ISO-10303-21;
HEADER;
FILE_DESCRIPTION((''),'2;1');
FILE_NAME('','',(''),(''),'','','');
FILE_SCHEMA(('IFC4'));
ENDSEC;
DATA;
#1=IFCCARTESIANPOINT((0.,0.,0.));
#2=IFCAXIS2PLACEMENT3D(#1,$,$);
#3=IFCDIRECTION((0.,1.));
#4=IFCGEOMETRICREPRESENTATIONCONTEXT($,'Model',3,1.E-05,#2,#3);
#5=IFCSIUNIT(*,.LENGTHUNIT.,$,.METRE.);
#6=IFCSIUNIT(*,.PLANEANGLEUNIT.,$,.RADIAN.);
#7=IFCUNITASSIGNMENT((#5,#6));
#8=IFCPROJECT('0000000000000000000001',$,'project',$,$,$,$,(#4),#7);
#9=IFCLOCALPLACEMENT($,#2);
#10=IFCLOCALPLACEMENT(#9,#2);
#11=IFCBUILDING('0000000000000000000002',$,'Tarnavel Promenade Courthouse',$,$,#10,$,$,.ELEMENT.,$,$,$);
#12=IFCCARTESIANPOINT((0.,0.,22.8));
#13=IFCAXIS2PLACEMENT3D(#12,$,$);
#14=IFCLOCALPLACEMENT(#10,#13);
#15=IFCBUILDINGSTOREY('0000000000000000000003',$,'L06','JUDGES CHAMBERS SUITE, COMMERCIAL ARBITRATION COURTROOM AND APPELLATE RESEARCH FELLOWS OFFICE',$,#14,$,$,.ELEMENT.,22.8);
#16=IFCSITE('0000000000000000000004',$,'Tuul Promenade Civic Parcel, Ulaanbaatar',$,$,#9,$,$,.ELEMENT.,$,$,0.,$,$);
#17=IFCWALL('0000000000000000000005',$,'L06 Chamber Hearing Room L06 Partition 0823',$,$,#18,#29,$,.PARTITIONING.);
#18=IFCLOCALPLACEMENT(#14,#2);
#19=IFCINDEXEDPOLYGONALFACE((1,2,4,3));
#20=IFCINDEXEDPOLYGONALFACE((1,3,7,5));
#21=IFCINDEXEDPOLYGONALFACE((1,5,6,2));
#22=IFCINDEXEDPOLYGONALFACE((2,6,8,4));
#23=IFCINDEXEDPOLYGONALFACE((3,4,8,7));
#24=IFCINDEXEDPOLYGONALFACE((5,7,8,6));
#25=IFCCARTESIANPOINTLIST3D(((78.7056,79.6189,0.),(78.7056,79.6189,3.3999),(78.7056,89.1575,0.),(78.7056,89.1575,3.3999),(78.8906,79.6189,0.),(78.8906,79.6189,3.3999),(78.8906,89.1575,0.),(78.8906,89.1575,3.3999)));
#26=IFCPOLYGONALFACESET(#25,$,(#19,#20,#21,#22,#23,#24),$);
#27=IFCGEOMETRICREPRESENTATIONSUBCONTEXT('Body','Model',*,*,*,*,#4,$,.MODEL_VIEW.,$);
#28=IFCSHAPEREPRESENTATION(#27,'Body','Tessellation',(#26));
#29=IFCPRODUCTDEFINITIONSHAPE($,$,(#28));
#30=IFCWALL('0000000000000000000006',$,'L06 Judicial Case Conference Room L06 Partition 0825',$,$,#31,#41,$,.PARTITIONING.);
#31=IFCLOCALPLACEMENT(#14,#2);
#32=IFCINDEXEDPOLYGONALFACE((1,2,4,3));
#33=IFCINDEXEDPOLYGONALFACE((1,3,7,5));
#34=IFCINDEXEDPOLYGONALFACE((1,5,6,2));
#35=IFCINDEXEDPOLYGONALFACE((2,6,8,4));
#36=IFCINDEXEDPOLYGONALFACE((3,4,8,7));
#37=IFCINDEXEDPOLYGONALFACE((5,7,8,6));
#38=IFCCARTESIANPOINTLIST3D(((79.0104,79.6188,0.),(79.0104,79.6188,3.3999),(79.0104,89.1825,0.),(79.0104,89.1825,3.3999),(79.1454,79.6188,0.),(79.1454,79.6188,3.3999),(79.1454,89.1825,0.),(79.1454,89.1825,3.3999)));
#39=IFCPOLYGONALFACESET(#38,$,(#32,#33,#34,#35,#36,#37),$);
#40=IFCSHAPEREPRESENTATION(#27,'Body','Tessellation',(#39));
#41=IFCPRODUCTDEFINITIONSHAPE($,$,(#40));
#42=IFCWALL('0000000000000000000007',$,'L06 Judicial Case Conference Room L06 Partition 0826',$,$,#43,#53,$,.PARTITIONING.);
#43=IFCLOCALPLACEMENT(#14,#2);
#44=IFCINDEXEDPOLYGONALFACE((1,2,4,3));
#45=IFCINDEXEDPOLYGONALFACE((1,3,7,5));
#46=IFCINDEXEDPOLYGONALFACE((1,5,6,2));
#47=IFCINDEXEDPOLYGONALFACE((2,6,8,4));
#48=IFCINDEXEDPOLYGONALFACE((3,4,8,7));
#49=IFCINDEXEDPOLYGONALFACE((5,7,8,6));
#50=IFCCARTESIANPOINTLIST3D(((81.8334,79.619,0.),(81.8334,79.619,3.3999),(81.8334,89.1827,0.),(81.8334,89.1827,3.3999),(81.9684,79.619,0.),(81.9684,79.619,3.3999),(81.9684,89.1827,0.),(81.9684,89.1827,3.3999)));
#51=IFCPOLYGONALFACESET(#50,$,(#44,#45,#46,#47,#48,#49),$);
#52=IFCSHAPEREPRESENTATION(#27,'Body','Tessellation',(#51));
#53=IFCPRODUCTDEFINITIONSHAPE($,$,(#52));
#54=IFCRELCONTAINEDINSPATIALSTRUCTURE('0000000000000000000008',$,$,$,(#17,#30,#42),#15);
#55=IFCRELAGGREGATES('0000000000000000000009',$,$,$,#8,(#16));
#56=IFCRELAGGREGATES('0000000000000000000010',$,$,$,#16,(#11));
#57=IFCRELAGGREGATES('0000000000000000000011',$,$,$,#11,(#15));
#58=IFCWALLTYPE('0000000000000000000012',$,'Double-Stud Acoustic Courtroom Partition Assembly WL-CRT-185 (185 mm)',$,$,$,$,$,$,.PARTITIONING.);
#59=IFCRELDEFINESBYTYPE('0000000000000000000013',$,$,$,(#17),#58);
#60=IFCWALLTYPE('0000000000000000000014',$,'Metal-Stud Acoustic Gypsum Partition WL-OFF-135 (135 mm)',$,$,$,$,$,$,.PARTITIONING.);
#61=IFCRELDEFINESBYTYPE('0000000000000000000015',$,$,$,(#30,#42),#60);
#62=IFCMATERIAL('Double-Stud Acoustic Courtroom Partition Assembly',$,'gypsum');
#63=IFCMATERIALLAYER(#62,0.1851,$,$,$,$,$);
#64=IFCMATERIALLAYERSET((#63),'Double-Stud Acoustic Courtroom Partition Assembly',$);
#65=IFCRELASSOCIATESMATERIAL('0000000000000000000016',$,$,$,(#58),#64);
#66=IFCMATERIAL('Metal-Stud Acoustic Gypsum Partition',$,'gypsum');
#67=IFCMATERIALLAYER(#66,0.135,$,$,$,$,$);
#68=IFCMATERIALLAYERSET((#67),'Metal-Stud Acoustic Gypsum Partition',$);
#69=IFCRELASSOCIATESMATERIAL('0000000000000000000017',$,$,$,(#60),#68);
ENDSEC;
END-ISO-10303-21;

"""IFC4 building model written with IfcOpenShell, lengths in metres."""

from ifc_helpers import new_model, si_unit, direction, frame, frame_2d, origin, place, context, subcontext, project, spatial, rectangle, extrude, material, layer, layer_set, type_object, element, save


model = new_model("IFC4")

# Units and contexts
model_context = context("Model", 3, precision=1e-05, world=origin(), true_north=direction((0.0, 1.0)))
body_context = subcontext(model_context, "Body", "Model", "MODEL_VIEW")
ifc_project = project(units=[si_unit("LENGTHUNIT", "METRE"), si_unit("PLANEANGLEUNIT", "RADIAN")], contexts=[model_context])

# Site, building, storey
site_placement = place(None, origin())
site = spatial("IfcSite", under=ifc_project, at=site_placement, Name="Tuul Promenade Civic Parcel, Ulaanbaatar", CompositionType="ELEMENT", RefElevation=0.0)
building_placement = place(site_placement, origin())
building = spatial("IfcBuilding", under=site, at=building_placement, Name="Tarnavel Promenade Courthouse", CompositionType="ELEMENT")
storey_placement = place(building_placement, frame((0.0, 0.0, 22.8)))
storey = spatial("IfcBuildingStorey", under=building, at=storey_placement, Name="L06", Description="JUDGES CHAMBERS SUITE, COMMERCIAL ARBITRATION COURTROOM AND APPELLATE RESEARCH FELLOWS OFFICE", CompositionType="ELEMENT", Elevation=22.8)

# Wall
ifc_material_1 = material(Name="Double-Stud Acoustic Courtroom Partition Assembly", Category="gypsum")
ifc_layer_1 = layer(ifc_material_1, 0.1851)
ifc_layer_set_1 = layer_set([ifc_layer_1], Name="Double-Stud Acoustic Courtroom Partition Assembly")
wall_type_1 = type_object("IfcWallType", Name="Double-Stud Acoustic Courtroom Partition Assembly WL-CRT-185 (185 mm)", PredefinedType="PARTITIONING", material=ifc_layer_set_1)
wall_1_placement = place(storey_placement, frame((78.7981, 89.1575, 0.0), z_axis=(0.0, 0.0, 1.0), x_axis=(0.0, -1.0, 0.0)))
element("IfcWall", 1, at=wall_1_placement, inside=storey, type_object=wall_type_1, Name="L06 Chamber Hearing Room L06 Partition 0823", PredefinedType="PARTITIONING", context=body_context, shape_type="SweptSolid", body=[
    extrude(rectangle(XDim=9.5386, YDim=0.1851, at=frame_2d((4.7693, 0.0))), origin(), (0.0, 0.0, 1.0), 3.3999),
])

# Shared definitions
ifc_material_2 = material(Name="Metal-Stud Acoustic Gypsum Partition", Category="gypsum")
ifc_layer_2 = layer(ifc_material_2, 0.135)
ifc_layer_set_2 = layer_set([ifc_layer_2], Name="Metal-Stud Acoustic Gypsum Partition")
wall_type_2 = type_object("IfcWallType", Name="Metal-Stud Acoustic Gypsum Partition WL-OFF-135 (135 mm)", PredefinedType="PARTITIONING", material=ifc_layer_set_2)

# Walls
for number, where, z_axis, x_axis, name in (
    (2, (79.0779, 79.6189, 0.0), (0.0, 0.0, 1.0), (0.0, 1.0, 0.0), "L06 Judicial Case Conference Room L06 Partition 0825"),
    (3, (81.9009, 89.1826, 0.0), (0.0, 0.0, 1.0), (0.0, -1.0, 0.0), "L06 Judicial Case Conference Room L06 Partition 0826"),
):
    element("IfcWall", number, at=place(storey_placement, frame(where, z_axis=z_axis, x_axis=x_axis)), inside=storey, type_object=wall_type_2, Name=name, PredefinedType="PARTITIONING", context=body_context, shape_type="SweptSolid", body=[
        extrude(rectangle(XDim=9.5637, YDim=0.135, at=frame_2d((4.7817, 0.0))), origin(), (0.0, 0.0, 1.0), 3.3999),
    ])

save(model, "model.ifc")
